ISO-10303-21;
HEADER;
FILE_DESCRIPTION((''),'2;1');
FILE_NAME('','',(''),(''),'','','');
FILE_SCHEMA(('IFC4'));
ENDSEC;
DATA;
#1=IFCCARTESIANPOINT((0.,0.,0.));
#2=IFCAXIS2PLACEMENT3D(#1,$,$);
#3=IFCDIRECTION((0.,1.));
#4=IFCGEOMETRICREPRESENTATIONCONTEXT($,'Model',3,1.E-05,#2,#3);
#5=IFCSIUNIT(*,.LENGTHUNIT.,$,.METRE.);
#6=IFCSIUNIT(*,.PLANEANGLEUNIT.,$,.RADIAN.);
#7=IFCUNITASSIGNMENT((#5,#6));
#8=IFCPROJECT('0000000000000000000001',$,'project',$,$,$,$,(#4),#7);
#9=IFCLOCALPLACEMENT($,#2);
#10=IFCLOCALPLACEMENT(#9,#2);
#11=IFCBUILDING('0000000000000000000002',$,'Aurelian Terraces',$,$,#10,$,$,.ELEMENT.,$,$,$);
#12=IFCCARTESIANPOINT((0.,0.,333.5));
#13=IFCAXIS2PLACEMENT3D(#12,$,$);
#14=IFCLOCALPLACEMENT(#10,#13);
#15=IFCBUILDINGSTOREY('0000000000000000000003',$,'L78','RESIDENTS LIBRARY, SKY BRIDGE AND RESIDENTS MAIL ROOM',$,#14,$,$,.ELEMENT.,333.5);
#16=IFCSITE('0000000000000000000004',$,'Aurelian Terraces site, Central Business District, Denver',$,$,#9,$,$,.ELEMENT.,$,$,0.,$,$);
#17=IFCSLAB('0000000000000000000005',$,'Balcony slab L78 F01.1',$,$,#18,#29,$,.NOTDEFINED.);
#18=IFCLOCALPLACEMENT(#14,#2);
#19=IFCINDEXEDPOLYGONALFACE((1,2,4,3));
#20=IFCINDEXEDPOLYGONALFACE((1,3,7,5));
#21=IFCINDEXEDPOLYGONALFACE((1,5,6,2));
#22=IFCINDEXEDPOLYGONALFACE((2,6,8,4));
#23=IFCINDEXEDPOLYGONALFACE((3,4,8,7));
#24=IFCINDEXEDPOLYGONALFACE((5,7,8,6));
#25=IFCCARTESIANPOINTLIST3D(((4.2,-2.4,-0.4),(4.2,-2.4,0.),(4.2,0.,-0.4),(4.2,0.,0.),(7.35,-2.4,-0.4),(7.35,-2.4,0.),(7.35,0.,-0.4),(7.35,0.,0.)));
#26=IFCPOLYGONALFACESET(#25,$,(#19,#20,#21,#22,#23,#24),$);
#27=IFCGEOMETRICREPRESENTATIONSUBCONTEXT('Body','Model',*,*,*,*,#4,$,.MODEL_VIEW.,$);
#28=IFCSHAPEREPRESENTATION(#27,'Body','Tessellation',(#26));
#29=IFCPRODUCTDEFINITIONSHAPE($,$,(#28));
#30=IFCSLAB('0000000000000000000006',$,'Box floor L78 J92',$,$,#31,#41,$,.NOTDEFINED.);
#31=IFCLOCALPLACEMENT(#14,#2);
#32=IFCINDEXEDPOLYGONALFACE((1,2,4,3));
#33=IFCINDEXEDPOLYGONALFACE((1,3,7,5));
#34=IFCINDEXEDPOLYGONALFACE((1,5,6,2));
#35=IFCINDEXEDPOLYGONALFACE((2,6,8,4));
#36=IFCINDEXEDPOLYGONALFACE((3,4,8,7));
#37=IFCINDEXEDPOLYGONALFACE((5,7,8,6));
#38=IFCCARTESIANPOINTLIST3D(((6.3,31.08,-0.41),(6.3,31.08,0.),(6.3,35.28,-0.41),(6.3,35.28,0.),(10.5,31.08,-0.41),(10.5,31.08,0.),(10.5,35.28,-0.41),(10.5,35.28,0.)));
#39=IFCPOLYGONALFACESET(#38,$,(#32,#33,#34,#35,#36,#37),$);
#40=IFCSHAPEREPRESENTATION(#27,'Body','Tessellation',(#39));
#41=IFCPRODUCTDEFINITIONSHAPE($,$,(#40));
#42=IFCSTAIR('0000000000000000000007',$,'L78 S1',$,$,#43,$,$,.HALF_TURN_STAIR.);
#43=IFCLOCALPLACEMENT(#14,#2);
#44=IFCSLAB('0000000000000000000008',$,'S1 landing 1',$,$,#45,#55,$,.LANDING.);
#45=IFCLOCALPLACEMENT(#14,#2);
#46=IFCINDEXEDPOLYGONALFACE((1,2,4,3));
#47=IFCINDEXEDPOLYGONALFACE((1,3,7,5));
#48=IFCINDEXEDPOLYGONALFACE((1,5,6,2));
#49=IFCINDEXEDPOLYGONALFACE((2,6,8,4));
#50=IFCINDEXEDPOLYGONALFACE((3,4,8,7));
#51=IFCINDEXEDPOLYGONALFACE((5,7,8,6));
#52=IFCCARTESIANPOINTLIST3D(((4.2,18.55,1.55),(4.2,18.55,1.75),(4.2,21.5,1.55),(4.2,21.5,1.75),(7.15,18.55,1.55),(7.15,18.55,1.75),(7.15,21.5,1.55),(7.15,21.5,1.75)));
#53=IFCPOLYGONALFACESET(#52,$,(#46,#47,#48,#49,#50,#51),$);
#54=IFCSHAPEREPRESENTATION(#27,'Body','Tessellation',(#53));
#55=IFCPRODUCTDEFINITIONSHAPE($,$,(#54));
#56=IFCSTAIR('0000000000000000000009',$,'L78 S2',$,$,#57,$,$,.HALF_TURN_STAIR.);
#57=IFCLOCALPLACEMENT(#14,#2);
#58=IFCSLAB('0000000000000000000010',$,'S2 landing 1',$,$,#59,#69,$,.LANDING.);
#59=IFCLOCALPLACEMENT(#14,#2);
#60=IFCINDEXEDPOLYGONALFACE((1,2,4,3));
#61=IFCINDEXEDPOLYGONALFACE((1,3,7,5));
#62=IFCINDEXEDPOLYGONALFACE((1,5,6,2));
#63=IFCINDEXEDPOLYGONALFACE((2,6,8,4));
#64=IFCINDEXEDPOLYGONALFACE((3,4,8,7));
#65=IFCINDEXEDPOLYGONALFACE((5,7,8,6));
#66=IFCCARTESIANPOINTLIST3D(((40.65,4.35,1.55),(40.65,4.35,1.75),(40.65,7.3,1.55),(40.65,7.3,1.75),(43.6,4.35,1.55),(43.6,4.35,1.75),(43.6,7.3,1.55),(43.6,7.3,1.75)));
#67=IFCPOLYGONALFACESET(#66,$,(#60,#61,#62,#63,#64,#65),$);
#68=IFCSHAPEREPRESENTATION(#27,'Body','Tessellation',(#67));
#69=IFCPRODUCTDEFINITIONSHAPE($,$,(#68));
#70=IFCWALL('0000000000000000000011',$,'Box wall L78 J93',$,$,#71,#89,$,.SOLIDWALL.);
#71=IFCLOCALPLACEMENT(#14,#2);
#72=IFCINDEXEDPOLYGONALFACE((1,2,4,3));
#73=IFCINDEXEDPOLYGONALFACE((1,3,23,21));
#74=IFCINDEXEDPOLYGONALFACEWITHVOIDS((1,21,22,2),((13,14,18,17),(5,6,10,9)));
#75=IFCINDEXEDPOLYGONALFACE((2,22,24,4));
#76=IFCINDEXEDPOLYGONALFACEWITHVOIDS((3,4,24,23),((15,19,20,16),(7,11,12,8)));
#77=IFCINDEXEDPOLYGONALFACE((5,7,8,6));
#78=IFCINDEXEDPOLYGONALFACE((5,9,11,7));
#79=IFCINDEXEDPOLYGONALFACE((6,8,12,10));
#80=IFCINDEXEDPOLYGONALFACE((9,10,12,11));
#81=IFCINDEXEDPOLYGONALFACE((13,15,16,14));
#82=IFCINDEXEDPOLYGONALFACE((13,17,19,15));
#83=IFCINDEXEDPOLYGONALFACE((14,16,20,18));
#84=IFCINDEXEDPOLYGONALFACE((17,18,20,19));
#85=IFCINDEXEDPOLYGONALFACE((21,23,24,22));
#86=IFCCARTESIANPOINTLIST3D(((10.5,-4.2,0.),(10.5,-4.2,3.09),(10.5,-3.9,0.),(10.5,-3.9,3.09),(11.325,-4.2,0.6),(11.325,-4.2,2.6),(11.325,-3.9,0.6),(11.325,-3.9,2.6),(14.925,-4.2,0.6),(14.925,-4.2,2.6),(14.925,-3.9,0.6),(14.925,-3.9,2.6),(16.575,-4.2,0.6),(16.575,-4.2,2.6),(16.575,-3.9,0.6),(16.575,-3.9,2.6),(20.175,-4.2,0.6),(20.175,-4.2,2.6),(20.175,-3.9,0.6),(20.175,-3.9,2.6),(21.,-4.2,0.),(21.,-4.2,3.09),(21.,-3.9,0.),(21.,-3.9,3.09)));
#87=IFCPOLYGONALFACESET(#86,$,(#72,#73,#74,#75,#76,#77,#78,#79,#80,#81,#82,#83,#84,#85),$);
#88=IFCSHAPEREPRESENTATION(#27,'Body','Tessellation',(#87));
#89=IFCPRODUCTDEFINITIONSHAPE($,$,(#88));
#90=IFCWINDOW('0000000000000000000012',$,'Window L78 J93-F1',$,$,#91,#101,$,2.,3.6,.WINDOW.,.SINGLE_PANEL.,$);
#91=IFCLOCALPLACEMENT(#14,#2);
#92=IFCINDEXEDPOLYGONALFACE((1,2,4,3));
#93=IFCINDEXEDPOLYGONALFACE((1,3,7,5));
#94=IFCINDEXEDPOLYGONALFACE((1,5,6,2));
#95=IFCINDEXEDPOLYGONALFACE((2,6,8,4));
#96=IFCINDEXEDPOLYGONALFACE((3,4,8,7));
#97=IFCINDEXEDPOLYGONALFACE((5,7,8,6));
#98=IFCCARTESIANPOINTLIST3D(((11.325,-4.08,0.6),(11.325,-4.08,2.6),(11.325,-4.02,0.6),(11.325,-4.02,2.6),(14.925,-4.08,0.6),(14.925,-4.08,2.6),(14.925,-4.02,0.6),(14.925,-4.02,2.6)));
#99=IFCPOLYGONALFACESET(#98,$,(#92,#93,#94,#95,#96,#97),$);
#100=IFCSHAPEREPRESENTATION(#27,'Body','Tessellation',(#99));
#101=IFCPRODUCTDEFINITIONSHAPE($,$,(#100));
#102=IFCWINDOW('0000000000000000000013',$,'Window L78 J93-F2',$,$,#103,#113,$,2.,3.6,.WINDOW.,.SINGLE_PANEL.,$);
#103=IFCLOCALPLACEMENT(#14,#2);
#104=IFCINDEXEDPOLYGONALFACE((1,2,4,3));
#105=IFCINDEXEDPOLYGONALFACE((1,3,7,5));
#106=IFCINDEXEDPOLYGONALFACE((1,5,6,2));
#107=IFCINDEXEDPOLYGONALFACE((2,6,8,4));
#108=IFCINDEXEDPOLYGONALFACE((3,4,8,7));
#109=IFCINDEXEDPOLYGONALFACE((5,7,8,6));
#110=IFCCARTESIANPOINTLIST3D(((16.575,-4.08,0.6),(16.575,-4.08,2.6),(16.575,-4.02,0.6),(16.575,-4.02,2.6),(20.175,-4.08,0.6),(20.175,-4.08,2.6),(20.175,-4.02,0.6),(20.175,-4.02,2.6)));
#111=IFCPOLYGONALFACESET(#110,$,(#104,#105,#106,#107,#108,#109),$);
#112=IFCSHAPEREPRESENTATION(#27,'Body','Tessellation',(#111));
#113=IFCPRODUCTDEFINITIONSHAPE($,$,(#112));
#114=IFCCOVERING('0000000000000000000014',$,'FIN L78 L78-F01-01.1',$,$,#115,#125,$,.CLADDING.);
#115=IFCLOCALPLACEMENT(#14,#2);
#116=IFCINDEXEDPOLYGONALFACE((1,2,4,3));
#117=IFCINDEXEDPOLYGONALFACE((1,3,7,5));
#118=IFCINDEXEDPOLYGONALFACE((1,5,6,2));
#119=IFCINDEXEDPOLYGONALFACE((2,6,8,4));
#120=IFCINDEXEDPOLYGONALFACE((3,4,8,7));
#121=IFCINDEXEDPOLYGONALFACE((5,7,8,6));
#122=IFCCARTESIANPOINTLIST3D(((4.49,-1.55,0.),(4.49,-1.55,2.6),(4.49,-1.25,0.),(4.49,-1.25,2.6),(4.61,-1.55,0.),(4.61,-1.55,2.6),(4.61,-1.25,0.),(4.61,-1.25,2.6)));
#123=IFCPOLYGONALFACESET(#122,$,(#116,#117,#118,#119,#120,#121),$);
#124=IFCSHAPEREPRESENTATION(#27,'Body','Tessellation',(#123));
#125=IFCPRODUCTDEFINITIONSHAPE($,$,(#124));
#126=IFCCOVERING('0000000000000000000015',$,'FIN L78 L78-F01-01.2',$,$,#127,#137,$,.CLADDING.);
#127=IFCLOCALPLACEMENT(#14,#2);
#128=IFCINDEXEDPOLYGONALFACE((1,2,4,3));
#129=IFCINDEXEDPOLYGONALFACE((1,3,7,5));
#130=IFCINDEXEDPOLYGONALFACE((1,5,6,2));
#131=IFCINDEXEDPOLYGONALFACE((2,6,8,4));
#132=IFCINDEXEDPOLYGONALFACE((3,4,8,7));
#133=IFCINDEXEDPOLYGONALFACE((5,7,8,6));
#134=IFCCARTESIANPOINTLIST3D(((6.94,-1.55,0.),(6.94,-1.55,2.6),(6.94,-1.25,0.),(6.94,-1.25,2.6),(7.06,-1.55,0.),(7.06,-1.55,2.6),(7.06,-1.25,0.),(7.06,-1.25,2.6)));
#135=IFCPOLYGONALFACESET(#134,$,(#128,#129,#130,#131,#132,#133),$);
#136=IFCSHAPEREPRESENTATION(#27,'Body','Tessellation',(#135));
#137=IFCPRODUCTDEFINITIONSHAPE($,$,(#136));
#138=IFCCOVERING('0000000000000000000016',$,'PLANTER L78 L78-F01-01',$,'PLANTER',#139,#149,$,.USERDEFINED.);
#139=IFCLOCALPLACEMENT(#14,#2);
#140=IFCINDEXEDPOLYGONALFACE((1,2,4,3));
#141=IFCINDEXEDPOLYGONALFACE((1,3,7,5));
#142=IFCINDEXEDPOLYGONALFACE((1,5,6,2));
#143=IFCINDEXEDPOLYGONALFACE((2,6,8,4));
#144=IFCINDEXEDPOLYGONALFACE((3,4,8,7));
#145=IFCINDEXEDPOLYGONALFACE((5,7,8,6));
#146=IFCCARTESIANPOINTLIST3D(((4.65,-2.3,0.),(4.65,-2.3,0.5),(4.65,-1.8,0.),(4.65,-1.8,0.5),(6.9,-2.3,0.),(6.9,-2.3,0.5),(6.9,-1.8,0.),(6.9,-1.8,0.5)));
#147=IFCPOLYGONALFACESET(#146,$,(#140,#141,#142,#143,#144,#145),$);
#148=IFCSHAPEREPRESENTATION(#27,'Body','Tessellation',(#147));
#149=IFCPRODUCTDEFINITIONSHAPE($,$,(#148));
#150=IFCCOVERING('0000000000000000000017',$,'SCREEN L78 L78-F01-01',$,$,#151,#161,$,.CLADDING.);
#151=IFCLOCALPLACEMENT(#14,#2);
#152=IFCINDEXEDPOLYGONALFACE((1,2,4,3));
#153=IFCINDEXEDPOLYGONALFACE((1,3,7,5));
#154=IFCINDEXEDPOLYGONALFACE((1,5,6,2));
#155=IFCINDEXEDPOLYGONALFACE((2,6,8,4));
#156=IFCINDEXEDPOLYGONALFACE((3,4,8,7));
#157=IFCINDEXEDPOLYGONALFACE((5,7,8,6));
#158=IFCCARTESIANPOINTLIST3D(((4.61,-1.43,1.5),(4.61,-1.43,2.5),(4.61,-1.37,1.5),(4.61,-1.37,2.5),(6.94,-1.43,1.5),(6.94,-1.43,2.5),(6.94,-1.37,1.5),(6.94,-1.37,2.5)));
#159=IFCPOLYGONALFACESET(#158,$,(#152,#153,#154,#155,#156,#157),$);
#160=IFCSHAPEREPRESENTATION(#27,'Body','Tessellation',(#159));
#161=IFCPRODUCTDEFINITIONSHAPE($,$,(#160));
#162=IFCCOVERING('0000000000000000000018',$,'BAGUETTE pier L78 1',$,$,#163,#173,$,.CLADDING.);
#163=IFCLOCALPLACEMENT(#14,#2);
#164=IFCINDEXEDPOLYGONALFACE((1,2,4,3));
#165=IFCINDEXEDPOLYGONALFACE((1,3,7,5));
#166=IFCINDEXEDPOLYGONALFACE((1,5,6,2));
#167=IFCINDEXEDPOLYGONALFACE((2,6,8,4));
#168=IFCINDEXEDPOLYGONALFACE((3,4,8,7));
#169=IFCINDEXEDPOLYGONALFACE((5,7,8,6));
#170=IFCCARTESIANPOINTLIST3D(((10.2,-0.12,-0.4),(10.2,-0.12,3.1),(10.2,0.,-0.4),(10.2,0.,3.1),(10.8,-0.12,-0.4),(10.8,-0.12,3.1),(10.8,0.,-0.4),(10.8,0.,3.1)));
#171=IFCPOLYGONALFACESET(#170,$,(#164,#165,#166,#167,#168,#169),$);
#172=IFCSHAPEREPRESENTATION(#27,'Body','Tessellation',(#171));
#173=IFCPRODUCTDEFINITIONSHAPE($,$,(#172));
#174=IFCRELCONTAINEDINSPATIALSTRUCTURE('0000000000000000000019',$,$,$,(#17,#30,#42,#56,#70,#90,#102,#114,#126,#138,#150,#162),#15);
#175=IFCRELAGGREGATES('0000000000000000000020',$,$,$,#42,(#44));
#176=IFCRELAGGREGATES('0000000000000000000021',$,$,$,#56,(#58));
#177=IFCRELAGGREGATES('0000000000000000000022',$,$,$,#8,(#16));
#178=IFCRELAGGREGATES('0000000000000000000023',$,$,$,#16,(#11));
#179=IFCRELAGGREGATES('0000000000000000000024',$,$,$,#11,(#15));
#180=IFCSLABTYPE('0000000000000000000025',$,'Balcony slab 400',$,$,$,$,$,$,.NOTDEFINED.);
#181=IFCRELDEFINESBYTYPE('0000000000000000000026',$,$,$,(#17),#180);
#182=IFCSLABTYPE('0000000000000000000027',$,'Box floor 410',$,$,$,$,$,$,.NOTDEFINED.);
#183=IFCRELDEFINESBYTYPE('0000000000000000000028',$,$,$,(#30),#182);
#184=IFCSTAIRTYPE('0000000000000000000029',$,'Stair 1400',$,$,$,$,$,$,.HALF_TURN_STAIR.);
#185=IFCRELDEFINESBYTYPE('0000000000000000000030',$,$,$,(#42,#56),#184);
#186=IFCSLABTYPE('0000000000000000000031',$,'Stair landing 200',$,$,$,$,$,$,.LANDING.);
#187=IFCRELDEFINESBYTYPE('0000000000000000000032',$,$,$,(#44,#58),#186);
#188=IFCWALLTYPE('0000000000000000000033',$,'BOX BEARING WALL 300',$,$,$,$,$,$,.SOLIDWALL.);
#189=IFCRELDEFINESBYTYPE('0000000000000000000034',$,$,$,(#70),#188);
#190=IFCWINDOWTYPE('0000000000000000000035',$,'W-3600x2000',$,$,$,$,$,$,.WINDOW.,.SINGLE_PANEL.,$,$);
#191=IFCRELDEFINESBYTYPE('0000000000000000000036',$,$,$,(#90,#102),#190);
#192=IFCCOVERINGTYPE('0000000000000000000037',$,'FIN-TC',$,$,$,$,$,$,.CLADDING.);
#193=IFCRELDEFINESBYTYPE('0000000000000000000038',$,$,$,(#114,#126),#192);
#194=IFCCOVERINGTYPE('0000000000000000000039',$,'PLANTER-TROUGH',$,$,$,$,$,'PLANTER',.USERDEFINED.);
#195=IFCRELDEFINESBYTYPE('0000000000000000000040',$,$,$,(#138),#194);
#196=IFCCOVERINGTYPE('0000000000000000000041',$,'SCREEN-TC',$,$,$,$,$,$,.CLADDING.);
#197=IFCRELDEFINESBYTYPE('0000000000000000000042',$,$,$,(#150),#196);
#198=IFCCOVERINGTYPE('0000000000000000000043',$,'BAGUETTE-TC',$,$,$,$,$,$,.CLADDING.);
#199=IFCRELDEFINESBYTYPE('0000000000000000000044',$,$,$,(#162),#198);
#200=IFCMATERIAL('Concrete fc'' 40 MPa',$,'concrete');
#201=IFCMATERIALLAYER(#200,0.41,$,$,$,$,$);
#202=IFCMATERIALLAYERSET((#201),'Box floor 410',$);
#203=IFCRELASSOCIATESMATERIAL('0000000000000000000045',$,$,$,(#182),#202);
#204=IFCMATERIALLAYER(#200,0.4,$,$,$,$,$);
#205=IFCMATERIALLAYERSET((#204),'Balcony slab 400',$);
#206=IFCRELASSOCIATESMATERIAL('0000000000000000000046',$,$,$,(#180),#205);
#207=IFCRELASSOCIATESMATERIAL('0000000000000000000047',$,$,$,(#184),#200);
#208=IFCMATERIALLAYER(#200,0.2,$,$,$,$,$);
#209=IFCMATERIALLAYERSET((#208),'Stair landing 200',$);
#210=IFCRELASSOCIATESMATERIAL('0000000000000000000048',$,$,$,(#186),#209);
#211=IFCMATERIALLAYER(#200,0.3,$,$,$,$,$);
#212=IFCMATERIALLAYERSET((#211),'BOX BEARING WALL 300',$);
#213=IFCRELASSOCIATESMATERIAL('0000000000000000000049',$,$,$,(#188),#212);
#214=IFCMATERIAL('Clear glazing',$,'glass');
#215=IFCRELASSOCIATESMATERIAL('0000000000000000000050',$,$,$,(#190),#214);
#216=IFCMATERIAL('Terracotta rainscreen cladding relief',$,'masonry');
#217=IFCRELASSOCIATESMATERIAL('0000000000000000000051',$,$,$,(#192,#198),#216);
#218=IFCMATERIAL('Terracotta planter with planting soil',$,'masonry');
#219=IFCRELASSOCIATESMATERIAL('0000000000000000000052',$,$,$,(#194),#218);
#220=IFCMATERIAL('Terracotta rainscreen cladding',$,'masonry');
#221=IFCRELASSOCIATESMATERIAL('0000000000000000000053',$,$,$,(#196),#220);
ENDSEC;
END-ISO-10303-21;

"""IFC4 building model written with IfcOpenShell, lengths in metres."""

from ifc_helpers import new_model, si_unit, direction, frame, frame_2d, origin, origin_2d, place, context, subcontext, project, spatial, polyline, rectangle, outline, extrude, source, transform, mapped, material, layer, layer_set, type_object, element, fill, aggregate, save


model = new_model("IFC4")

# Units and contexts
model_context = context("Model", 3, precision=1e-05, world=origin(), true_north=direction((0.0, 1.0)))
body_context = subcontext(model_context, "Body", "Model", "MODEL_VIEW")
ifc_project = project(units=[si_unit("LENGTHUNIT", "METRE"), si_unit("PLANEANGLEUNIT", "RADIAN")], contexts=[model_context])

# Site, building, storey
site_placement = place(None, origin())
site = spatial("IfcSite", under=ifc_project, at=site_placement, Name="Aurelian Terraces site, Central Business District, Denver", CompositionType="ELEMENT", RefElevation=0.0)
building_placement = place(site_placement, origin())
building = spatial("IfcBuilding", under=site, at=building_placement, Name="Aurelian Terraces", CompositionType="ELEMENT")
storey_placement = place(building_placement, frame((0.0, 0.0, 333.5)))
storey = spatial("IfcBuildingStorey", under=building, at=storey_placement, Name="L78", Description="RESIDENTS LIBRARY, SKY BRIDGE AND RESIDENTS MAIL ROOM", CompositionType="ELEMENT", Elevation=333.5)

# Slabs
ifc_material_1 = material(Name="Concrete fc' 40 MPa", Category="concrete")
ifc_layer_1 = layer(ifc_material_1, 0.41)
ifc_layer_set_1 = layer_set([ifc_layer_1], Name="Box floor 410")
slab_type_1 = type_object("IfcSlabType", Name="Box floor 410", PredefinedType="NOTDEFINED", material=ifc_layer_set_1)
ifc_layer_2 = layer(ifc_material_1, 0.4)
ifc_layer_set_2 = layer_set([ifc_layer_2], Name="Balcony slab 400")
slab_type_2 = type_object("IfcSlabType", Name="Balcony slab 400", PredefinedType="NOTDEFINED", material=ifc_layer_set_2)
shared_shape_1 = source(origin(), body_context, "Body", "SweptSolid", [
    extrude(outline(polyline([(4.2, 0.0), (7.35, 0.0), (7.35, -2.4), (4.2, -2.4), (4.2, 0.0)])), origin(), (0.0, 0.0, 1.0), 0.4),
])
slab_1_placement = place(storey_placement, frame((0.0, 0.0, -0.4)))
element("IfcSlab", 1, at=slab_1_placement, inside=storey, type_object=slab_type_2, Name="Balcony slab L78 F01.1", PredefinedType="NOTDEFINED", context=body_context, shape_type="MappedRepresentation", body=[
    mapped(shared_shape_1, transform((0.0, 0.0, 0.0), scale=1.0)),
])
shared_shape_2 = source(origin(), body_context, "Body", "SweptSolid", [
    extrude(outline(polyline([(6.3, 35.28), (6.3, 31.08), (10.5, 31.08), (10.5, 35.28), (6.3, 35.28)])), origin(), (0.0, 0.0, 1.0), 0.41),
])
slab_2_placement = place(storey_placement, frame((0.0, 0.0, -0.41)))
element("IfcSlab", 2, at=slab_2_placement, inside=storey, type_object=slab_type_1, Name="Box floor L78 J92", PredefinedType="NOTDEFINED", context=body_context, shape_type="MappedRepresentation", body=[
    mapped(shared_shape_2, transform((0.0, 0.0, 0.0), scale=1.0)),
])

# Stairs, slabs
stair_type = type_object("IfcStairType", Name="Stair 1400", PredefinedType="HALF_TURN_STAIR", material=ifc_material_1)
stair_1_placement = place(storey_placement, origin())
stair_1 = element("IfcStair", 3, at=stair_1_placement, inside=storey, type_object=stair_type, Name="L78 S1", PredefinedType="HALF_TURN_STAIR")
ifc_layer_3 = layer(ifc_material_1, 0.2)
ifc_layer_set_3 = layer_set([ifc_layer_3], Name="Stair landing 200")
slab_type_3 = type_object("IfcSlabType", Name="Stair landing 200", PredefinedType="LANDING", material=ifc_layer_set_3)
shared_shape_3 = source(origin(), body_context, "Body", "SweptSolid", [
    extrude(outline(polyline([(7.15, 18.55), (7.15, 21.5), (4.2, 21.5), (4.2, 18.55), (7.15, 18.55)])), origin(), (0.0, 0.0, 1.0), 0.2),
])
slab_3_placement = place(storey_placement, frame((0.0, 0.0, 1.55)))
slab_3 = element("IfcSlab", 4, at=slab_3_placement, type_object=slab_type_3, Name="S1 landing 1", PredefinedType="LANDING", context=body_context, shape_type="MappedRepresentation", body=[
    mapped(shared_shape_3, transform((0.0, 0.0, 0.0), scale=1.0)),
])
aggregate(stair_1, [slab_3])
stair_2_placement = place(storey_placement, origin())
stair_2 = element("IfcStair", 5, at=stair_2_placement, inside=storey, type_object=stair_type, Name="L78 S2", PredefinedType="HALF_TURN_STAIR")
shared_shape_4 = source(origin(), body_context, "Body", "SweptSolid", [
    extrude(outline(polyline([(43.6, 4.35), (43.6, 7.3), (40.65, 7.3), (40.65, 4.35), (43.6, 4.35)])), origin(), (0.0, 0.0, 1.0), 0.2),
])
slab_4_placement = place(storey_placement, frame((0.0, 0.0, 1.55)))
slab_4 = element("IfcSlab", 6, at=slab_4_placement, type_object=slab_type_3, Name="S2 landing 1", PredefinedType="LANDING", context=body_context, shape_type="MappedRepresentation", body=[
    mapped(shared_shape_4, transform((0.0, 0.0, 0.0), scale=1.0)),
])
aggregate(stair_2, [slab_4])

# Wall, openings, windows
ifc_layer_4 = layer(ifc_material_1, 0.3)
ifc_layer_set_4 = layer_set([ifc_layer_4], Name="BOX BEARING WALL 300")
wall_type = type_object("IfcWallType", Name="BOX BEARING WALL 300", PredefinedType="SOLIDWALL", material=ifc_layer_set_4)
wall_placement = place(storey_placement, frame((10.5, -4.05, 0.0), z_axis=(0.0, 0.0, 1.0), x_axis=(1.0, 0.0, 0.0)))
wall = element("IfcWall", 7, at=wall_placement, inside=storey, type_object=wall_type, Name="Box wall L78 J93", PredefinedType="SOLIDWALL", context=body_context, shape_type="SweptSolid", body=[
    extrude(rectangle(XDim=10.5, YDim=0.3, at=frame_2d((5.25, 0.0))), origin(), (0.0, 0.0, 1.0), 3.09),
])
shared_shape_5 = source(origin(), body_context, "Body", "SweptSolid", [
    extrude(rectangle(XDim=3.6, YDim=2.0, at=frame_2d((1.8, 1.0))), frame((0.0, 0.16, 0.0), z_axis=(0.0, -1.0, 0.0), x_axis=(1.0, 0.0, 0.0)), (0.0, 0.0, 1.0), 0.32),
])
opening_1_placement = place(wall_placement, frame((0.825, 0.0, 0.6)))
opening_1 = element("IfcOpeningElement", 8, at=opening_1_placement, cuts=wall, PredefinedType="OPENING", context=body_context, shape_type="MappedRepresentation", body=[
    mapped(shared_shape_5, transform((0.0, 0.0, 0.0), scale=1.0)),
])
opening_2_placement = place(wall_placement, frame((6.075, 0.0, 0.6)))
opening_2 = element("IfcOpeningElement", 9, at=opening_2_placement, cuts=wall, PredefinedType="OPENING", context=body_context, shape_type="MappedRepresentation", body=[
    mapped(shared_shape_5, transform((0.0, 0.0, 0.0), scale=1.0)),
])
ifc_material_2 = material(Name="Clear glazing", Category="glass")
window_type = type_object("IfcWindowType", Name="W-3600x2000", PartitioningType="SINGLE_PANEL", PredefinedType="WINDOW", material=ifc_material_2)
shared_shape_6 = source(origin(), body_context, "Body", "SweptSolid", [
    extrude(rectangle(XDim=3.6, YDim=2.0, at=frame_2d((1.8, 1.0))), frame((0.0, 0.03, 0.0), z_axis=(0.0, -1.0, 0.0), x_axis=(1.0, 0.0, 0.0)), (0.0, 0.0, 1.0), 0.06),
])
window_1_placement = place(opening_1_placement, origin())
window_1 = element("IfcWindow", 10, at=window_1_placement, inside=storey, type_object=window_type, Name="Window L78 J93-F1", OverallHeight=2.0, OverallWidth=3.6, PartitioningType="SINGLE_PANEL", PredefinedType="WINDOW", context=body_context, shape_type="MappedRepresentation", body=[
    mapped(shared_shape_6, transform((0.0, 0.0, 0.0), scale=1.0)),
])
fill(opening_1, window_1)
window_2_placement = place(opening_2_placement, origin())
window_2 = element("IfcWindow", 11, at=window_2_placement, inside=storey, type_object=window_type, Name="Window L78 J93-F2", OverallHeight=2.0, OverallWidth=3.6, PartitioningType="SINGLE_PANEL", PredefinedType="WINDOW", context=body_context, shape_type="MappedRepresentation", body=[
    mapped(shared_shape_6, transform((0.0, 0.0, 0.0), scale=1.0)),
])
fill(opening_2, window_2)

# Coverings
ifc_material_3 = material(Name="Terracotta rainscreen cladding relief", Category="masonry")
covering_type_1 = type_object("IfcCoveringType", Name="FIN-TC", PredefinedType="CLADDING", material=ifc_material_3)
shared_shape_7 = source(origin(), body_context, "Body", "SweptSolid", [
    extrude(rectangle(XDim=0.12, YDim=0.3, at=origin_2d()), origin(), (0.0, 0.0, 1.0), 2.6),
])
for number, where, z_axis, x_axis, name in (
    (12, (4.55, -1.4, 0.0), (0.0, 0.0, 1.0), (1.0, 0.0, 0.0), "FIN L78 L78-F01-01.1"),
    (13, (7.0, -1.4, 0.0), (0.0, 0.0, 1.0), (1.0, 0.0, 0.0), "FIN L78 L78-F01-01.2"),
):
    element("IfcCovering", number, at=place(storey_placement, frame(where, z_axis=z_axis, x_axis=x_axis)), inside=storey, type_object=covering_type_1, Name=name, PredefinedType="CLADDING", context=body_context, shape_type="MappedRepresentation", body=[
        mapped(shared_shape_7, transform((0.0, 0.0, 0.0), scale=1.0)),
    ])

# Coverings
ifc_material_4 = material(Name="Terracotta planter with planting soil", Category="masonry")
covering_type_2 = type_object("IfcCoveringType", Name="PLANTER-TROUGH", ElementType="PLANTER", PredefinedType="USERDEFINED", material=ifc_material_4)
shared_shape_8 = source(origin(), body_context, "Body", "SweptSolid", [
    extrude(rectangle(XDim=2.25, YDim=0.5, at=origin_2d()), origin(), (0.0, 0.0, 1.0), 0.5),
])
covering_1_placement = place(storey_placement, frame((5.775, -2.05, 0.0), z_axis=(0.0, 0.0, 1.0), x_axis=(1.0, 0.0, 0.0)))
element("IfcCovering", 14, at=covering_1_placement, inside=storey, type_object=covering_type_2, Name="PLANTER L78 L78-F01-01", ObjectType="PLANTER", PredefinedType="USERDEFINED", context=body_context, shape_type="MappedRepresentation", body=[
    mapped(shared_shape_8, transform((0.0, 0.0, 0.0), scale=1.0)),
])
ifc_material_5 = material(Name="Terracotta rainscreen cladding", Category="masonry")
covering_type_3 = type_object("IfcCoveringType", Name="SCREEN-TC", PredefinedType="CLADDING", material=ifc_material_5)
shared_shape_9 = source(origin(), body_context, "Body", "SweptSolid", [
    extrude(rectangle(XDim=2.33, YDim=0.06, at=origin_2d()), origin(), (0.0, 0.0, 1.0), 1.0),
])
covering_2_placement = place(storey_placement, frame((5.775, -1.4, 1.5), z_axis=(0.0, 0.0, 1.0), x_axis=(1.0, 0.0, 0.0)))
element("IfcCovering", 15, at=covering_2_placement, inside=storey, type_object=covering_type_3, Name="SCREEN L78 L78-F01-01", PredefinedType="CLADDING", context=body_context, shape_type="MappedRepresentation", body=[
    mapped(shared_shape_9, transform((0.0, 0.0, 0.0), scale=1.0)),
])
covering_type_4 = type_object("IfcCoveringType", Name="BAGUETTE-TC", PredefinedType="CLADDING", material=ifc_material_3)
shared_shape_10 = source(origin(), body_context, "Body", "SweptSolid", [
    extrude(rectangle(XDim=0.6, YDim=0.12, at=origin_2d()), origin(), (0.0, 0.0, 1.0), 3.5),
])
covering_3_placement = place(storey_placement, frame((10.5, -0.06, -0.4), z_axis=(0.0, 0.0, 1.0), x_axis=(1.0, 0.0, 0.0)))
element("IfcCovering", 16, at=covering_3_placement, inside=storey, type_object=covering_type_4, Name="BAGUETTE pier L78 1", PredefinedType="CLADDING", context=body_context, shape_type="MappedRepresentation", body=[
    mapped(shared_shape_10, transform((0.0, 0.0, 0.0), scale=1.0)),
])

save(model, "model.ifc")
